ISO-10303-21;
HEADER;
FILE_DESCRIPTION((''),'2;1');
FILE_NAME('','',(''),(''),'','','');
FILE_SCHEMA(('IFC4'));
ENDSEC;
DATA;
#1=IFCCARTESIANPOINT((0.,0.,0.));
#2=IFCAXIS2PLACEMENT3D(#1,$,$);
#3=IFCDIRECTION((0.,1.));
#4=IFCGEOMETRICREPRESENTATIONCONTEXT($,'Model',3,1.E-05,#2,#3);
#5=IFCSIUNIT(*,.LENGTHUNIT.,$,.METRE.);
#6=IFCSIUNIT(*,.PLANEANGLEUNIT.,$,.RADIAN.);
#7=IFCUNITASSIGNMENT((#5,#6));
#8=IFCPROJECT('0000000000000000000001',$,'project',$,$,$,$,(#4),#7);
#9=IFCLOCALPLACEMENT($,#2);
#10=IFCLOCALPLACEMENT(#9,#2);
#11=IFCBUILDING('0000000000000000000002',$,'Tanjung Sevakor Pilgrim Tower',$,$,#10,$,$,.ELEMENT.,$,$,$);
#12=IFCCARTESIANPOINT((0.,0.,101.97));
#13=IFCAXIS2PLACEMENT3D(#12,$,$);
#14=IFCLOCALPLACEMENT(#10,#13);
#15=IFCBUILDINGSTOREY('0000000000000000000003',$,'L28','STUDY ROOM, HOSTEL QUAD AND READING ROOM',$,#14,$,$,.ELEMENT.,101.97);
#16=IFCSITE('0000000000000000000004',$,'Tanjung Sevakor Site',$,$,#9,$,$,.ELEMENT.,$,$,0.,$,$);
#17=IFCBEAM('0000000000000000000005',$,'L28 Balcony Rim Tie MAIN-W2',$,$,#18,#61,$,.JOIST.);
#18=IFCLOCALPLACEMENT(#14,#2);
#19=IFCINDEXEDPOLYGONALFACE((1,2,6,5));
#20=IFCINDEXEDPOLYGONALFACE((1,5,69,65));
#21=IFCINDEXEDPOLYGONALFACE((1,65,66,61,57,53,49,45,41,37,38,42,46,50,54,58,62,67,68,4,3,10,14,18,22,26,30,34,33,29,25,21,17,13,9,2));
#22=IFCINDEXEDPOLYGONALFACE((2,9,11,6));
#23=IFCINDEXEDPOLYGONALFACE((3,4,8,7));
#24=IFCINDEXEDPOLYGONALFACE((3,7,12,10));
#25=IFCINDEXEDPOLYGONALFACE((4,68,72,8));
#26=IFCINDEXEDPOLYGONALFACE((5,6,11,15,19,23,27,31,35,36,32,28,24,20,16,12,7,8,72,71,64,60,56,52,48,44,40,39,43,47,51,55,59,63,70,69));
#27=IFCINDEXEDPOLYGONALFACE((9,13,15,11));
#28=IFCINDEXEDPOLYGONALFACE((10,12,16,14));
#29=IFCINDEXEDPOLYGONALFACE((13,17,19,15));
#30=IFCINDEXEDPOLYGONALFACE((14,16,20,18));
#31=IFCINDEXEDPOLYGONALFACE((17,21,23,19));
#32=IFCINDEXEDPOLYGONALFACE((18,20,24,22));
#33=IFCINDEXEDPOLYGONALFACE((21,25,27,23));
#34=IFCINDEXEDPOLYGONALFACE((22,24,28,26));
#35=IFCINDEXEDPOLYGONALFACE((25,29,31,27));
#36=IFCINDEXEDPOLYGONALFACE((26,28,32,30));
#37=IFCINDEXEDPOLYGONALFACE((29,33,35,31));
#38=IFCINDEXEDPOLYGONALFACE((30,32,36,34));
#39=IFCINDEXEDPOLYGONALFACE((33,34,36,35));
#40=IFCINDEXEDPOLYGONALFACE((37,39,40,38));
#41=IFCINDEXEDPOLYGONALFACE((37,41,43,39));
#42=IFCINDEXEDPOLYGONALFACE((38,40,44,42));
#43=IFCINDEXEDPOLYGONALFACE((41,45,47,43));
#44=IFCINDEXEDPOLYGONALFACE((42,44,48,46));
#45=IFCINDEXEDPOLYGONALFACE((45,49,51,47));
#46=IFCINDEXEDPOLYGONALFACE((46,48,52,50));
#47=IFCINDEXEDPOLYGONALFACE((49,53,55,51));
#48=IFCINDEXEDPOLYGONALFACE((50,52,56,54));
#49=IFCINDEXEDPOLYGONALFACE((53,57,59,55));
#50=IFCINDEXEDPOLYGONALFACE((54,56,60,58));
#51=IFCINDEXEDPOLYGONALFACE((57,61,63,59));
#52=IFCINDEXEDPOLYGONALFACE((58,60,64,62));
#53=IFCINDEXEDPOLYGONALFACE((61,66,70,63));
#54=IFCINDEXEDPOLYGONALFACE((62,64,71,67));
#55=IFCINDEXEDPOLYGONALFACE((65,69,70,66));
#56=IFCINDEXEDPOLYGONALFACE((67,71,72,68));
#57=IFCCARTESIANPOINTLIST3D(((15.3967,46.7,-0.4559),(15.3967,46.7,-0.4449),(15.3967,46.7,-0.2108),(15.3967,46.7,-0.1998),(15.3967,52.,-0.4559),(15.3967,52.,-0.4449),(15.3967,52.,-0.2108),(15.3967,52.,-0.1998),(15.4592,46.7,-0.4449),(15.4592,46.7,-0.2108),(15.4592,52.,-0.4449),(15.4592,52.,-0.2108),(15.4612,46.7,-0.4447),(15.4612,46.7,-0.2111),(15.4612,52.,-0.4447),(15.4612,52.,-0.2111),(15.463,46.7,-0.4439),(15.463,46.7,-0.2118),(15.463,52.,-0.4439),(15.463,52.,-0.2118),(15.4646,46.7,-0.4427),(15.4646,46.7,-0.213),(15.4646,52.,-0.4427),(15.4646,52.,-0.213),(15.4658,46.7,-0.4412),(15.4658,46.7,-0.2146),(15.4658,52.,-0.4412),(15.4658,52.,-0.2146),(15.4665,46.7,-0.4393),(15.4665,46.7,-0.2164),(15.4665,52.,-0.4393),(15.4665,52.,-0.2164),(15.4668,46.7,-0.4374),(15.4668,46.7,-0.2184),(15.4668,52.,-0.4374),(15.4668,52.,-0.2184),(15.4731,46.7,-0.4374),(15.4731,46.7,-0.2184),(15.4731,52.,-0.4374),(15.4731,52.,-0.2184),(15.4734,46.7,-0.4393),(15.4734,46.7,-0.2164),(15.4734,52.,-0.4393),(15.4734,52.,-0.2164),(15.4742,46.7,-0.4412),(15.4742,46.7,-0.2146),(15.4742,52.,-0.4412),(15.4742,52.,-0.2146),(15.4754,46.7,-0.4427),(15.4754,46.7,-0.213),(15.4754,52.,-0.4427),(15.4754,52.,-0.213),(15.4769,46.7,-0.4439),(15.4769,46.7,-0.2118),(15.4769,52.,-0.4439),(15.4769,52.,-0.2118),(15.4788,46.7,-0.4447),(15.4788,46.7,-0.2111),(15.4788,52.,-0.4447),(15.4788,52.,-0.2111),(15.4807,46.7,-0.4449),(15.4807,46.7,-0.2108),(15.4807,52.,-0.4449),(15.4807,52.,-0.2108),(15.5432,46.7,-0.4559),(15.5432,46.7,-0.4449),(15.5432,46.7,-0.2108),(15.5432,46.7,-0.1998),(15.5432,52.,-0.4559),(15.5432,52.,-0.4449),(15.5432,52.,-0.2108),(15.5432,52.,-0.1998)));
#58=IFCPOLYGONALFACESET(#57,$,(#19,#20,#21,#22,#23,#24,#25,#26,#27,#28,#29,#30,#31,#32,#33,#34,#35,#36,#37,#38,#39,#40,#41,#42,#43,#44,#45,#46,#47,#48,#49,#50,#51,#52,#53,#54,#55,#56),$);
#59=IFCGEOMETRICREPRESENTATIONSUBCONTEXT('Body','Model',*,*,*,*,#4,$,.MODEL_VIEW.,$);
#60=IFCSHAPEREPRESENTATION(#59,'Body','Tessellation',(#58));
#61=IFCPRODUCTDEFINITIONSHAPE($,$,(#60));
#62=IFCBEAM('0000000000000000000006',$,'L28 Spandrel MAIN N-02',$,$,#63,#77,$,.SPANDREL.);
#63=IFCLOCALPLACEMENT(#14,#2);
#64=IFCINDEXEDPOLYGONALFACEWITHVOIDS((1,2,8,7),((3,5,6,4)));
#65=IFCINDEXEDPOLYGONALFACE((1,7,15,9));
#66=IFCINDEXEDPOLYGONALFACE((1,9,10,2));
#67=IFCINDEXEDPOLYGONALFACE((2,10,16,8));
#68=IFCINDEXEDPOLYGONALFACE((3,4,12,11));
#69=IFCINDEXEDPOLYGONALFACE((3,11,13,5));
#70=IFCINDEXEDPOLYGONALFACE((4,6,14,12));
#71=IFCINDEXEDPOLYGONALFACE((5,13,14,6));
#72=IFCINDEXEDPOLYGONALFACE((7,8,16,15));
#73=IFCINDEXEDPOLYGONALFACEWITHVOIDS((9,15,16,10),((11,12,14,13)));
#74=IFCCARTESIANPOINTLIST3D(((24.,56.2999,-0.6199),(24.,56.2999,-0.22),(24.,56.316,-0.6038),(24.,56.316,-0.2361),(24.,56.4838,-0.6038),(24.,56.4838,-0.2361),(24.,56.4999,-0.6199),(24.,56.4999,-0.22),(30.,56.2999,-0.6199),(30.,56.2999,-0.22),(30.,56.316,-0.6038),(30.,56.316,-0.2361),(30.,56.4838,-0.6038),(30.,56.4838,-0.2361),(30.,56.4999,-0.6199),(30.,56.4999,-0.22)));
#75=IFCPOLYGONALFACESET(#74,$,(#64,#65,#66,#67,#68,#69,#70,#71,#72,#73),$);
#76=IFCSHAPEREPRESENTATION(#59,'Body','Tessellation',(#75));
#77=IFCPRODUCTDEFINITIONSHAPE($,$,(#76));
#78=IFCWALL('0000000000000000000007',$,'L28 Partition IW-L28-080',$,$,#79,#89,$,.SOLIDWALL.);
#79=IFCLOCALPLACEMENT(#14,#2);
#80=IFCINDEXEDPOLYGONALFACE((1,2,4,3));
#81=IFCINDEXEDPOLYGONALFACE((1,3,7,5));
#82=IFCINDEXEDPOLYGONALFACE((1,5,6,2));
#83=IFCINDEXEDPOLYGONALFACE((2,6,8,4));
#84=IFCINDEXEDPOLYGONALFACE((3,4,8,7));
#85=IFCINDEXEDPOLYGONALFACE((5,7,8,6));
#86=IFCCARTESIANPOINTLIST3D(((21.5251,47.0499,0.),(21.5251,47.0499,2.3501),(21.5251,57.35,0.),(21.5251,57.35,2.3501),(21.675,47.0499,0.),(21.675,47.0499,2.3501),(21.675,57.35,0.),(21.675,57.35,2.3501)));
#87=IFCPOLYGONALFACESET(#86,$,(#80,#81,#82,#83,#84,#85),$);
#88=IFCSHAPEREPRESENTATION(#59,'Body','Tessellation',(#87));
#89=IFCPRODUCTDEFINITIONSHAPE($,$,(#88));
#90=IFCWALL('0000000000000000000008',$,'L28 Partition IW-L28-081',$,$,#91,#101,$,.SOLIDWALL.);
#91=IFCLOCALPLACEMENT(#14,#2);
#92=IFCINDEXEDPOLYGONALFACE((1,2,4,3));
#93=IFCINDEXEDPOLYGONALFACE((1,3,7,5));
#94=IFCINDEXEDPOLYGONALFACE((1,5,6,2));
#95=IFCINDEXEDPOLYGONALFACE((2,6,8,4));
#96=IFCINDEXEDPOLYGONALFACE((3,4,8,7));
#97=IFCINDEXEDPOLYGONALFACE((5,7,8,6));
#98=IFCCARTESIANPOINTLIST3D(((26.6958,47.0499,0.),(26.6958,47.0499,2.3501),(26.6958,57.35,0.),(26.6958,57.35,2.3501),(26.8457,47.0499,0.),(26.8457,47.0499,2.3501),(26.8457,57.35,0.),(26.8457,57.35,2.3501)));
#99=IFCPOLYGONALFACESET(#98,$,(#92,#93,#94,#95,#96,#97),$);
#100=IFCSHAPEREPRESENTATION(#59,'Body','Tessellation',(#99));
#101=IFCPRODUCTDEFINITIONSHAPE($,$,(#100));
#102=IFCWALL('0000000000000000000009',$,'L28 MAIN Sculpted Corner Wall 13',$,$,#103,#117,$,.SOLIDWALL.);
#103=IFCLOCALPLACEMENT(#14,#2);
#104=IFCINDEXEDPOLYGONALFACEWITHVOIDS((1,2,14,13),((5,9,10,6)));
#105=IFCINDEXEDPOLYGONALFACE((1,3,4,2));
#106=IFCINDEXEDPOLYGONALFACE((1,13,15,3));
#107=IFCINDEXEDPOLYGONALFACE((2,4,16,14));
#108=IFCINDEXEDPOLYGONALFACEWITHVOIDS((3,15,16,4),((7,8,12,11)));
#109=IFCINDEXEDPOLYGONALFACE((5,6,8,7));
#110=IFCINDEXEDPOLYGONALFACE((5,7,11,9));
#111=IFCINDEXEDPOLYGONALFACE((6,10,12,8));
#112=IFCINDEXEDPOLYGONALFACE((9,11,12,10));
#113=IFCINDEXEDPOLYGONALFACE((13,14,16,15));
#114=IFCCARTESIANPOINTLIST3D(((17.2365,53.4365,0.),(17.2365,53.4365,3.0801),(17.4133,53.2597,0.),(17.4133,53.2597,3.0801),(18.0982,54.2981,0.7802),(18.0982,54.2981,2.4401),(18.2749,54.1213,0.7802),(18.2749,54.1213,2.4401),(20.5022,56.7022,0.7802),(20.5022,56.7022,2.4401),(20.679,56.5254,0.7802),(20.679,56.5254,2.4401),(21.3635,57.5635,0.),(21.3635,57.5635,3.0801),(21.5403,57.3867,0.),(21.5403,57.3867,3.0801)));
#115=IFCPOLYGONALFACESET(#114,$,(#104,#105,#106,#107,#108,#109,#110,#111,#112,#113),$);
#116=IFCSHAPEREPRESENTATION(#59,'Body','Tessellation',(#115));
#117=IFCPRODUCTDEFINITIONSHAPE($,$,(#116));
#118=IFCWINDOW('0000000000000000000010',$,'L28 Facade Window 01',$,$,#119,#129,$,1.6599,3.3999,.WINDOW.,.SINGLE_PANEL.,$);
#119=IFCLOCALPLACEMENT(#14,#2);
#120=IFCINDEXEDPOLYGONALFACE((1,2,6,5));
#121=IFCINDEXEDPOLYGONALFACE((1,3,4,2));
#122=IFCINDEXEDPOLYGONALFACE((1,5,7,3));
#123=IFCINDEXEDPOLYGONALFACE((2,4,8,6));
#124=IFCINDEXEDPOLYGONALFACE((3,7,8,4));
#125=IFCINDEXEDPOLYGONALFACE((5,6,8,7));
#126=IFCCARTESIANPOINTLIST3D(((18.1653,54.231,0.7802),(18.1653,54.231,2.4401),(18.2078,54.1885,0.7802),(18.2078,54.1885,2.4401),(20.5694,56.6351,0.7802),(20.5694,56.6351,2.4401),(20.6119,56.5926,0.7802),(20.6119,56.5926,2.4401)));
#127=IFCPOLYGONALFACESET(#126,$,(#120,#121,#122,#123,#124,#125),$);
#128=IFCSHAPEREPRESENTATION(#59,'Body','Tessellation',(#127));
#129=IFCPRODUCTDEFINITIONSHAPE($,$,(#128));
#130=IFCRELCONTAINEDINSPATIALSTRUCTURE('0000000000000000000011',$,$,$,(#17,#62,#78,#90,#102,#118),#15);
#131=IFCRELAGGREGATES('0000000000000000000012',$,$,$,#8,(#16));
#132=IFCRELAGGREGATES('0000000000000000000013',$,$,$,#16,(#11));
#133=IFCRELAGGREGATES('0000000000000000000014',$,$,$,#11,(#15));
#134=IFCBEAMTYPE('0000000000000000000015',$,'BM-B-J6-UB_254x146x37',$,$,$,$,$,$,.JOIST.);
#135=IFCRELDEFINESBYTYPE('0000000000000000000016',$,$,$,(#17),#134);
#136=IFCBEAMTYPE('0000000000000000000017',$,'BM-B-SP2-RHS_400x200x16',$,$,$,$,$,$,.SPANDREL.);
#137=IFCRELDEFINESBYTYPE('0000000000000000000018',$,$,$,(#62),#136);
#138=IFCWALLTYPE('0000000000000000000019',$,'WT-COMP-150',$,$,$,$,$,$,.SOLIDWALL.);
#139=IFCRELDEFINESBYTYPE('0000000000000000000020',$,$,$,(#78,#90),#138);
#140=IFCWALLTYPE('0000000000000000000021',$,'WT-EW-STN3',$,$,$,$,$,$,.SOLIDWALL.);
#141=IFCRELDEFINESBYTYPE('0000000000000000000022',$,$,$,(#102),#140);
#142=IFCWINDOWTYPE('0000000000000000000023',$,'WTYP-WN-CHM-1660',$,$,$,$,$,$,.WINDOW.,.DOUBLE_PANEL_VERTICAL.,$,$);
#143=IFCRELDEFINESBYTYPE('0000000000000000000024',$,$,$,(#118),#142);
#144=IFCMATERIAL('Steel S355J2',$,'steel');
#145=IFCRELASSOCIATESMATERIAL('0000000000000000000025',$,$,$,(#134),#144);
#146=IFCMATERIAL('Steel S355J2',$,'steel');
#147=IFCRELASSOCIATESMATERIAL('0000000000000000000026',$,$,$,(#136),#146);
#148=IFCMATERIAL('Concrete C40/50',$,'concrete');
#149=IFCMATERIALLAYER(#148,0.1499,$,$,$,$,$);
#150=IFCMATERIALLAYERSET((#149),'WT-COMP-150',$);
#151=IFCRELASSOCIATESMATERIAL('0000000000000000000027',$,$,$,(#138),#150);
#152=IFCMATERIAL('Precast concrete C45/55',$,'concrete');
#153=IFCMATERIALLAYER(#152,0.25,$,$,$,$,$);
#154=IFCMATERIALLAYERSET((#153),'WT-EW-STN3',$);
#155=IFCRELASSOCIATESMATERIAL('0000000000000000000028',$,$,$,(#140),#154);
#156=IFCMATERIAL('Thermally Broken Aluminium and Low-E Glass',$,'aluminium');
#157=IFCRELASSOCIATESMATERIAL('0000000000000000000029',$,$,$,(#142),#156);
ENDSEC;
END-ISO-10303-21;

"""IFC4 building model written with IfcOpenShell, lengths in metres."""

from ifc_helpers import new_model, si_unit, direction, frame, frame_2d, origin, origin_2d, place, context, subcontext, project, spatial, rectangle, hollow_rectangle, i_section, extrude, material, layer, layer_set, material_profile, profile_set, type_object, element, fill, save


model = new_model("IFC4")

# Units and contexts
model_context = context("Model", 3, precision=1e-05, world=origin(), true_north=direction((0.0, 1.0)))
body_context = subcontext(model_context, "Body", "Model", "MODEL_VIEW")
ifc_project = project(units=[si_unit("LENGTHUNIT", "METRE"), si_unit("PLANEANGLEUNIT", "RADIAN")], contexts=[model_context])

# Site, building, storey
site_placement = place(None, origin())
site = spatial("IfcSite", under=ifc_project, at=site_placement, Name="Tanjung Sevakor Site", CompositionType="ELEMENT", RefElevation=0.0)
building_placement = place(site_placement, origin())
building = spatial("IfcBuilding", under=site, at=building_placement, Name="Tanjung Sevakor Pilgrim Tower", CompositionType="ELEMENT")
storey_placement = place(building_placement, frame((0.0, 0.0, 101.97)))
storey = spatial("IfcBuildingStorey", under=building, at=storey_placement, Name="L28", Description="STUDY ROOM, HOSTEL QUAD AND READING ROOM", CompositionType="ELEMENT", Elevation=101.97)

# Beams
ifc_material_1 = material(Name="Steel S355J2", Category="steel")
ifc_material_profile_1 = material_profile(ifc_material_1, i_section(OverallWidth=0.1465, OverallDepth=0.2561, WebThickness=0.0063, FlangeThickness=0.011, FilletRadius=0.0076, at=origin_2d()))
ifc_profile_set_1 = profile_set([ifc_material_profile_1], Name="Steel S355J2")
beam_type_1 = type_object("IfcBeamType", Name="BM-B-J6-UB_254x146x37", PredefinedType="JOIST", material=ifc_profile_set_1)
beam_1_placement = place(storey_placement, frame((15.47, 46.7, -0.3279), z_axis=(0.0, 1.0, 0.0), x_axis=(-1.0, 0.0, 0.0)))
element("IfcBeam", 1, at=beam_1_placement, inside=storey, type_object=beam_type_1, Name="L28 Balcony Rim Tie MAIN-W2", PredefinedType="JOIST", context=body_context, shape_type="SweptSolid", body=[
    extrude(i_section(OverallWidth=0.1465, OverallDepth=0.2561, WebThickness=0.0063, FlangeThickness=0.011, FilletRadius=0.0076, at=origin_2d()), origin(), (0.0, 0.0, 1.0), 5.3),
])
ifc_material_2 = material(Name="Steel S355J2", Category="steel")
ifc_material_profile_2 = material_profile(ifc_material_2, hollow_rectangle(XDim=0.2, YDim=0.3999, WallThickness=0.0161, at=origin_2d()))
ifc_profile_set_2 = profile_set([ifc_material_profile_2], Name="Steel S355J2")
beam_type_2 = type_object("IfcBeamType", Name="BM-B-SP2-RHS_400x200x16", PredefinedType="SPANDREL", material=ifc_profile_set_2)
beam_2_placement = place(storey_placement, frame((24.0, 56.3999, -0.4199), z_axis=(1.0, 0.0, 0.0), x_axis=(0.0, 1.0, 0.0)))
element("IfcBeam", 2, at=beam_2_placement, inside=storey, type_object=beam_type_2, Name="L28 Spandrel MAIN N-02", PredefinedType="SPANDREL", context=body_context, shape_type="SweptSolid", body=[
    extrude(hollow_rectangle(XDim=0.2, YDim=0.3999, WallThickness=0.0161, at=origin_2d()), origin(), (0.0, 0.0, 1.0), 6.0),
])

# Walls
ifc_material_3 = material(Name="Concrete C40/50", Category="concrete")
ifc_layer_1 = layer(ifc_material_3, 0.1499)
ifc_layer_set_1 = layer_set([ifc_layer_1], Name="WT-COMP-150")
wall_type_1 = type_object("IfcWallType", Name="WT-COMP-150", PredefinedType="SOLIDWALL", material=ifc_layer_set_1)
for number, where, z_axis, x_axis, name in (
    (3, (21.6001, 47.05, 0.0), (0.0, 0.0, 1.0), (0.0, 1.0, 0.0), "L28 Partition IW-L28-080"),
    (4, (26.7708, 47.05, 0.0), (0.0, 0.0, 1.0), (0.0, 1.0, 0.0), "L28 Partition IW-L28-081"),
):
    element("IfcWall", number, at=place(storey_placement, frame(where, z_axis=z_axis, x_axis=x_axis)), inside=storey, type_object=wall_type_1, Name=name, PredefinedType="SOLIDWALL", context=body_context, shape_type="SweptSolid", body=[
        extrude(rectangle(XDim=10.3, YDim=0.1499, at=frame_2d((5.1499, 0.0))), origin(), (0.0, 0.0, 1.0), 2.3501),
    ])

# Wall, opening, window
ifc_material_4 = material(Name="Precast concrete C45/55", Category="concrete")
ifc_layer_2 = layer(ifc_material_4, 0.25)
ifc_layer_set_2 = layer_set([ifc_layer_2], Name="WT-EW-STN3")
wall_type_2 = type_object("IfcWallType", Name="WT-EW-STN3", PredefinedType="SOLIDWALL", material=ifc_layer_set_2)
wall_1_placement = place(storey_placement, frame((21.4519, 57.4751, 0.0), z_axis=(0.0, 0.0, 1.0), x_axis=(-0.707107, -0.707107, 0.0)))
wall_1 = element("IfcWall", 5, at=wall_1_placement, inside=storey, type_object=wall_type_2, Name="L28 MAIN Sculpted Corner Wall 13", PredefinedType="SOLIDWALL", context=body_context, shape_type="SweptSolid", body=[
    extrude(rectangle(XDim=5.8364, YDim=0.25, at=frame_2d((2.9182, 0.0))), origin(), (0.0, 0.0, 1.0), 3.0801),
])
opening_1_placement = place(wall_1_placement, frame((1.218, 0.0, 0.78)))
opening_1 = element("IfcOpeningElement", 6, at=opening_1_placement, cuts=wall_1, PredefinedType="OPENING", context=body_context, shape_type="SweptSolid", body=[
    extrude(rectangle(XDim=3.3999, YDim=1.6599, at=frame_2d((1.7, 0.8301))), frame((0.0, 0.135, 0.0), z_axis=(0.0, -1.0, 0.0), x_axis=(1.0, 0.0, 0.0)), (0.0, 0.0, 1.0), 0.27),
])
ifc_material_5 = material(Name="Thermally Broken Aluminium and Low-E Glass", Category="aluminium")
window_type_1 = type_object("IfcWindowType", Name="WTYP-WN-CHM-1660", PartitioningType="DOUBLE_PANEL_VERTICAL", PredefinedType="WINDOW", material=ifc_material_5)
window_1_placement = place(opening_1_placement, origin())
window_1 = element("IfcWindow", 7, at=window_1_placement, inside=storey, type_object=window_type_1, Name="L28 Facade Window 01", OverallHeight=1.6599, OverallWidth=3.3999, PartitioningType="SINGLE_PANEL", PredefinedType="WINDOW", context=body_context, shape_type="SweptSolid", body=[
    extrude(rectangle(XDim=3.3999, YDim=1.6599, at=frame_2d((1.7, 0.8301))), frame((0.0, 0.03, 0.0), z_axis=(0.0, -1.0, 0.0), x_axis=(1.0, 0.0, 0.0)), (0.0, 0.0, 1.0), 0.0601),
])
fill(opening_1, window_1)

save(model, "model.ifc")
